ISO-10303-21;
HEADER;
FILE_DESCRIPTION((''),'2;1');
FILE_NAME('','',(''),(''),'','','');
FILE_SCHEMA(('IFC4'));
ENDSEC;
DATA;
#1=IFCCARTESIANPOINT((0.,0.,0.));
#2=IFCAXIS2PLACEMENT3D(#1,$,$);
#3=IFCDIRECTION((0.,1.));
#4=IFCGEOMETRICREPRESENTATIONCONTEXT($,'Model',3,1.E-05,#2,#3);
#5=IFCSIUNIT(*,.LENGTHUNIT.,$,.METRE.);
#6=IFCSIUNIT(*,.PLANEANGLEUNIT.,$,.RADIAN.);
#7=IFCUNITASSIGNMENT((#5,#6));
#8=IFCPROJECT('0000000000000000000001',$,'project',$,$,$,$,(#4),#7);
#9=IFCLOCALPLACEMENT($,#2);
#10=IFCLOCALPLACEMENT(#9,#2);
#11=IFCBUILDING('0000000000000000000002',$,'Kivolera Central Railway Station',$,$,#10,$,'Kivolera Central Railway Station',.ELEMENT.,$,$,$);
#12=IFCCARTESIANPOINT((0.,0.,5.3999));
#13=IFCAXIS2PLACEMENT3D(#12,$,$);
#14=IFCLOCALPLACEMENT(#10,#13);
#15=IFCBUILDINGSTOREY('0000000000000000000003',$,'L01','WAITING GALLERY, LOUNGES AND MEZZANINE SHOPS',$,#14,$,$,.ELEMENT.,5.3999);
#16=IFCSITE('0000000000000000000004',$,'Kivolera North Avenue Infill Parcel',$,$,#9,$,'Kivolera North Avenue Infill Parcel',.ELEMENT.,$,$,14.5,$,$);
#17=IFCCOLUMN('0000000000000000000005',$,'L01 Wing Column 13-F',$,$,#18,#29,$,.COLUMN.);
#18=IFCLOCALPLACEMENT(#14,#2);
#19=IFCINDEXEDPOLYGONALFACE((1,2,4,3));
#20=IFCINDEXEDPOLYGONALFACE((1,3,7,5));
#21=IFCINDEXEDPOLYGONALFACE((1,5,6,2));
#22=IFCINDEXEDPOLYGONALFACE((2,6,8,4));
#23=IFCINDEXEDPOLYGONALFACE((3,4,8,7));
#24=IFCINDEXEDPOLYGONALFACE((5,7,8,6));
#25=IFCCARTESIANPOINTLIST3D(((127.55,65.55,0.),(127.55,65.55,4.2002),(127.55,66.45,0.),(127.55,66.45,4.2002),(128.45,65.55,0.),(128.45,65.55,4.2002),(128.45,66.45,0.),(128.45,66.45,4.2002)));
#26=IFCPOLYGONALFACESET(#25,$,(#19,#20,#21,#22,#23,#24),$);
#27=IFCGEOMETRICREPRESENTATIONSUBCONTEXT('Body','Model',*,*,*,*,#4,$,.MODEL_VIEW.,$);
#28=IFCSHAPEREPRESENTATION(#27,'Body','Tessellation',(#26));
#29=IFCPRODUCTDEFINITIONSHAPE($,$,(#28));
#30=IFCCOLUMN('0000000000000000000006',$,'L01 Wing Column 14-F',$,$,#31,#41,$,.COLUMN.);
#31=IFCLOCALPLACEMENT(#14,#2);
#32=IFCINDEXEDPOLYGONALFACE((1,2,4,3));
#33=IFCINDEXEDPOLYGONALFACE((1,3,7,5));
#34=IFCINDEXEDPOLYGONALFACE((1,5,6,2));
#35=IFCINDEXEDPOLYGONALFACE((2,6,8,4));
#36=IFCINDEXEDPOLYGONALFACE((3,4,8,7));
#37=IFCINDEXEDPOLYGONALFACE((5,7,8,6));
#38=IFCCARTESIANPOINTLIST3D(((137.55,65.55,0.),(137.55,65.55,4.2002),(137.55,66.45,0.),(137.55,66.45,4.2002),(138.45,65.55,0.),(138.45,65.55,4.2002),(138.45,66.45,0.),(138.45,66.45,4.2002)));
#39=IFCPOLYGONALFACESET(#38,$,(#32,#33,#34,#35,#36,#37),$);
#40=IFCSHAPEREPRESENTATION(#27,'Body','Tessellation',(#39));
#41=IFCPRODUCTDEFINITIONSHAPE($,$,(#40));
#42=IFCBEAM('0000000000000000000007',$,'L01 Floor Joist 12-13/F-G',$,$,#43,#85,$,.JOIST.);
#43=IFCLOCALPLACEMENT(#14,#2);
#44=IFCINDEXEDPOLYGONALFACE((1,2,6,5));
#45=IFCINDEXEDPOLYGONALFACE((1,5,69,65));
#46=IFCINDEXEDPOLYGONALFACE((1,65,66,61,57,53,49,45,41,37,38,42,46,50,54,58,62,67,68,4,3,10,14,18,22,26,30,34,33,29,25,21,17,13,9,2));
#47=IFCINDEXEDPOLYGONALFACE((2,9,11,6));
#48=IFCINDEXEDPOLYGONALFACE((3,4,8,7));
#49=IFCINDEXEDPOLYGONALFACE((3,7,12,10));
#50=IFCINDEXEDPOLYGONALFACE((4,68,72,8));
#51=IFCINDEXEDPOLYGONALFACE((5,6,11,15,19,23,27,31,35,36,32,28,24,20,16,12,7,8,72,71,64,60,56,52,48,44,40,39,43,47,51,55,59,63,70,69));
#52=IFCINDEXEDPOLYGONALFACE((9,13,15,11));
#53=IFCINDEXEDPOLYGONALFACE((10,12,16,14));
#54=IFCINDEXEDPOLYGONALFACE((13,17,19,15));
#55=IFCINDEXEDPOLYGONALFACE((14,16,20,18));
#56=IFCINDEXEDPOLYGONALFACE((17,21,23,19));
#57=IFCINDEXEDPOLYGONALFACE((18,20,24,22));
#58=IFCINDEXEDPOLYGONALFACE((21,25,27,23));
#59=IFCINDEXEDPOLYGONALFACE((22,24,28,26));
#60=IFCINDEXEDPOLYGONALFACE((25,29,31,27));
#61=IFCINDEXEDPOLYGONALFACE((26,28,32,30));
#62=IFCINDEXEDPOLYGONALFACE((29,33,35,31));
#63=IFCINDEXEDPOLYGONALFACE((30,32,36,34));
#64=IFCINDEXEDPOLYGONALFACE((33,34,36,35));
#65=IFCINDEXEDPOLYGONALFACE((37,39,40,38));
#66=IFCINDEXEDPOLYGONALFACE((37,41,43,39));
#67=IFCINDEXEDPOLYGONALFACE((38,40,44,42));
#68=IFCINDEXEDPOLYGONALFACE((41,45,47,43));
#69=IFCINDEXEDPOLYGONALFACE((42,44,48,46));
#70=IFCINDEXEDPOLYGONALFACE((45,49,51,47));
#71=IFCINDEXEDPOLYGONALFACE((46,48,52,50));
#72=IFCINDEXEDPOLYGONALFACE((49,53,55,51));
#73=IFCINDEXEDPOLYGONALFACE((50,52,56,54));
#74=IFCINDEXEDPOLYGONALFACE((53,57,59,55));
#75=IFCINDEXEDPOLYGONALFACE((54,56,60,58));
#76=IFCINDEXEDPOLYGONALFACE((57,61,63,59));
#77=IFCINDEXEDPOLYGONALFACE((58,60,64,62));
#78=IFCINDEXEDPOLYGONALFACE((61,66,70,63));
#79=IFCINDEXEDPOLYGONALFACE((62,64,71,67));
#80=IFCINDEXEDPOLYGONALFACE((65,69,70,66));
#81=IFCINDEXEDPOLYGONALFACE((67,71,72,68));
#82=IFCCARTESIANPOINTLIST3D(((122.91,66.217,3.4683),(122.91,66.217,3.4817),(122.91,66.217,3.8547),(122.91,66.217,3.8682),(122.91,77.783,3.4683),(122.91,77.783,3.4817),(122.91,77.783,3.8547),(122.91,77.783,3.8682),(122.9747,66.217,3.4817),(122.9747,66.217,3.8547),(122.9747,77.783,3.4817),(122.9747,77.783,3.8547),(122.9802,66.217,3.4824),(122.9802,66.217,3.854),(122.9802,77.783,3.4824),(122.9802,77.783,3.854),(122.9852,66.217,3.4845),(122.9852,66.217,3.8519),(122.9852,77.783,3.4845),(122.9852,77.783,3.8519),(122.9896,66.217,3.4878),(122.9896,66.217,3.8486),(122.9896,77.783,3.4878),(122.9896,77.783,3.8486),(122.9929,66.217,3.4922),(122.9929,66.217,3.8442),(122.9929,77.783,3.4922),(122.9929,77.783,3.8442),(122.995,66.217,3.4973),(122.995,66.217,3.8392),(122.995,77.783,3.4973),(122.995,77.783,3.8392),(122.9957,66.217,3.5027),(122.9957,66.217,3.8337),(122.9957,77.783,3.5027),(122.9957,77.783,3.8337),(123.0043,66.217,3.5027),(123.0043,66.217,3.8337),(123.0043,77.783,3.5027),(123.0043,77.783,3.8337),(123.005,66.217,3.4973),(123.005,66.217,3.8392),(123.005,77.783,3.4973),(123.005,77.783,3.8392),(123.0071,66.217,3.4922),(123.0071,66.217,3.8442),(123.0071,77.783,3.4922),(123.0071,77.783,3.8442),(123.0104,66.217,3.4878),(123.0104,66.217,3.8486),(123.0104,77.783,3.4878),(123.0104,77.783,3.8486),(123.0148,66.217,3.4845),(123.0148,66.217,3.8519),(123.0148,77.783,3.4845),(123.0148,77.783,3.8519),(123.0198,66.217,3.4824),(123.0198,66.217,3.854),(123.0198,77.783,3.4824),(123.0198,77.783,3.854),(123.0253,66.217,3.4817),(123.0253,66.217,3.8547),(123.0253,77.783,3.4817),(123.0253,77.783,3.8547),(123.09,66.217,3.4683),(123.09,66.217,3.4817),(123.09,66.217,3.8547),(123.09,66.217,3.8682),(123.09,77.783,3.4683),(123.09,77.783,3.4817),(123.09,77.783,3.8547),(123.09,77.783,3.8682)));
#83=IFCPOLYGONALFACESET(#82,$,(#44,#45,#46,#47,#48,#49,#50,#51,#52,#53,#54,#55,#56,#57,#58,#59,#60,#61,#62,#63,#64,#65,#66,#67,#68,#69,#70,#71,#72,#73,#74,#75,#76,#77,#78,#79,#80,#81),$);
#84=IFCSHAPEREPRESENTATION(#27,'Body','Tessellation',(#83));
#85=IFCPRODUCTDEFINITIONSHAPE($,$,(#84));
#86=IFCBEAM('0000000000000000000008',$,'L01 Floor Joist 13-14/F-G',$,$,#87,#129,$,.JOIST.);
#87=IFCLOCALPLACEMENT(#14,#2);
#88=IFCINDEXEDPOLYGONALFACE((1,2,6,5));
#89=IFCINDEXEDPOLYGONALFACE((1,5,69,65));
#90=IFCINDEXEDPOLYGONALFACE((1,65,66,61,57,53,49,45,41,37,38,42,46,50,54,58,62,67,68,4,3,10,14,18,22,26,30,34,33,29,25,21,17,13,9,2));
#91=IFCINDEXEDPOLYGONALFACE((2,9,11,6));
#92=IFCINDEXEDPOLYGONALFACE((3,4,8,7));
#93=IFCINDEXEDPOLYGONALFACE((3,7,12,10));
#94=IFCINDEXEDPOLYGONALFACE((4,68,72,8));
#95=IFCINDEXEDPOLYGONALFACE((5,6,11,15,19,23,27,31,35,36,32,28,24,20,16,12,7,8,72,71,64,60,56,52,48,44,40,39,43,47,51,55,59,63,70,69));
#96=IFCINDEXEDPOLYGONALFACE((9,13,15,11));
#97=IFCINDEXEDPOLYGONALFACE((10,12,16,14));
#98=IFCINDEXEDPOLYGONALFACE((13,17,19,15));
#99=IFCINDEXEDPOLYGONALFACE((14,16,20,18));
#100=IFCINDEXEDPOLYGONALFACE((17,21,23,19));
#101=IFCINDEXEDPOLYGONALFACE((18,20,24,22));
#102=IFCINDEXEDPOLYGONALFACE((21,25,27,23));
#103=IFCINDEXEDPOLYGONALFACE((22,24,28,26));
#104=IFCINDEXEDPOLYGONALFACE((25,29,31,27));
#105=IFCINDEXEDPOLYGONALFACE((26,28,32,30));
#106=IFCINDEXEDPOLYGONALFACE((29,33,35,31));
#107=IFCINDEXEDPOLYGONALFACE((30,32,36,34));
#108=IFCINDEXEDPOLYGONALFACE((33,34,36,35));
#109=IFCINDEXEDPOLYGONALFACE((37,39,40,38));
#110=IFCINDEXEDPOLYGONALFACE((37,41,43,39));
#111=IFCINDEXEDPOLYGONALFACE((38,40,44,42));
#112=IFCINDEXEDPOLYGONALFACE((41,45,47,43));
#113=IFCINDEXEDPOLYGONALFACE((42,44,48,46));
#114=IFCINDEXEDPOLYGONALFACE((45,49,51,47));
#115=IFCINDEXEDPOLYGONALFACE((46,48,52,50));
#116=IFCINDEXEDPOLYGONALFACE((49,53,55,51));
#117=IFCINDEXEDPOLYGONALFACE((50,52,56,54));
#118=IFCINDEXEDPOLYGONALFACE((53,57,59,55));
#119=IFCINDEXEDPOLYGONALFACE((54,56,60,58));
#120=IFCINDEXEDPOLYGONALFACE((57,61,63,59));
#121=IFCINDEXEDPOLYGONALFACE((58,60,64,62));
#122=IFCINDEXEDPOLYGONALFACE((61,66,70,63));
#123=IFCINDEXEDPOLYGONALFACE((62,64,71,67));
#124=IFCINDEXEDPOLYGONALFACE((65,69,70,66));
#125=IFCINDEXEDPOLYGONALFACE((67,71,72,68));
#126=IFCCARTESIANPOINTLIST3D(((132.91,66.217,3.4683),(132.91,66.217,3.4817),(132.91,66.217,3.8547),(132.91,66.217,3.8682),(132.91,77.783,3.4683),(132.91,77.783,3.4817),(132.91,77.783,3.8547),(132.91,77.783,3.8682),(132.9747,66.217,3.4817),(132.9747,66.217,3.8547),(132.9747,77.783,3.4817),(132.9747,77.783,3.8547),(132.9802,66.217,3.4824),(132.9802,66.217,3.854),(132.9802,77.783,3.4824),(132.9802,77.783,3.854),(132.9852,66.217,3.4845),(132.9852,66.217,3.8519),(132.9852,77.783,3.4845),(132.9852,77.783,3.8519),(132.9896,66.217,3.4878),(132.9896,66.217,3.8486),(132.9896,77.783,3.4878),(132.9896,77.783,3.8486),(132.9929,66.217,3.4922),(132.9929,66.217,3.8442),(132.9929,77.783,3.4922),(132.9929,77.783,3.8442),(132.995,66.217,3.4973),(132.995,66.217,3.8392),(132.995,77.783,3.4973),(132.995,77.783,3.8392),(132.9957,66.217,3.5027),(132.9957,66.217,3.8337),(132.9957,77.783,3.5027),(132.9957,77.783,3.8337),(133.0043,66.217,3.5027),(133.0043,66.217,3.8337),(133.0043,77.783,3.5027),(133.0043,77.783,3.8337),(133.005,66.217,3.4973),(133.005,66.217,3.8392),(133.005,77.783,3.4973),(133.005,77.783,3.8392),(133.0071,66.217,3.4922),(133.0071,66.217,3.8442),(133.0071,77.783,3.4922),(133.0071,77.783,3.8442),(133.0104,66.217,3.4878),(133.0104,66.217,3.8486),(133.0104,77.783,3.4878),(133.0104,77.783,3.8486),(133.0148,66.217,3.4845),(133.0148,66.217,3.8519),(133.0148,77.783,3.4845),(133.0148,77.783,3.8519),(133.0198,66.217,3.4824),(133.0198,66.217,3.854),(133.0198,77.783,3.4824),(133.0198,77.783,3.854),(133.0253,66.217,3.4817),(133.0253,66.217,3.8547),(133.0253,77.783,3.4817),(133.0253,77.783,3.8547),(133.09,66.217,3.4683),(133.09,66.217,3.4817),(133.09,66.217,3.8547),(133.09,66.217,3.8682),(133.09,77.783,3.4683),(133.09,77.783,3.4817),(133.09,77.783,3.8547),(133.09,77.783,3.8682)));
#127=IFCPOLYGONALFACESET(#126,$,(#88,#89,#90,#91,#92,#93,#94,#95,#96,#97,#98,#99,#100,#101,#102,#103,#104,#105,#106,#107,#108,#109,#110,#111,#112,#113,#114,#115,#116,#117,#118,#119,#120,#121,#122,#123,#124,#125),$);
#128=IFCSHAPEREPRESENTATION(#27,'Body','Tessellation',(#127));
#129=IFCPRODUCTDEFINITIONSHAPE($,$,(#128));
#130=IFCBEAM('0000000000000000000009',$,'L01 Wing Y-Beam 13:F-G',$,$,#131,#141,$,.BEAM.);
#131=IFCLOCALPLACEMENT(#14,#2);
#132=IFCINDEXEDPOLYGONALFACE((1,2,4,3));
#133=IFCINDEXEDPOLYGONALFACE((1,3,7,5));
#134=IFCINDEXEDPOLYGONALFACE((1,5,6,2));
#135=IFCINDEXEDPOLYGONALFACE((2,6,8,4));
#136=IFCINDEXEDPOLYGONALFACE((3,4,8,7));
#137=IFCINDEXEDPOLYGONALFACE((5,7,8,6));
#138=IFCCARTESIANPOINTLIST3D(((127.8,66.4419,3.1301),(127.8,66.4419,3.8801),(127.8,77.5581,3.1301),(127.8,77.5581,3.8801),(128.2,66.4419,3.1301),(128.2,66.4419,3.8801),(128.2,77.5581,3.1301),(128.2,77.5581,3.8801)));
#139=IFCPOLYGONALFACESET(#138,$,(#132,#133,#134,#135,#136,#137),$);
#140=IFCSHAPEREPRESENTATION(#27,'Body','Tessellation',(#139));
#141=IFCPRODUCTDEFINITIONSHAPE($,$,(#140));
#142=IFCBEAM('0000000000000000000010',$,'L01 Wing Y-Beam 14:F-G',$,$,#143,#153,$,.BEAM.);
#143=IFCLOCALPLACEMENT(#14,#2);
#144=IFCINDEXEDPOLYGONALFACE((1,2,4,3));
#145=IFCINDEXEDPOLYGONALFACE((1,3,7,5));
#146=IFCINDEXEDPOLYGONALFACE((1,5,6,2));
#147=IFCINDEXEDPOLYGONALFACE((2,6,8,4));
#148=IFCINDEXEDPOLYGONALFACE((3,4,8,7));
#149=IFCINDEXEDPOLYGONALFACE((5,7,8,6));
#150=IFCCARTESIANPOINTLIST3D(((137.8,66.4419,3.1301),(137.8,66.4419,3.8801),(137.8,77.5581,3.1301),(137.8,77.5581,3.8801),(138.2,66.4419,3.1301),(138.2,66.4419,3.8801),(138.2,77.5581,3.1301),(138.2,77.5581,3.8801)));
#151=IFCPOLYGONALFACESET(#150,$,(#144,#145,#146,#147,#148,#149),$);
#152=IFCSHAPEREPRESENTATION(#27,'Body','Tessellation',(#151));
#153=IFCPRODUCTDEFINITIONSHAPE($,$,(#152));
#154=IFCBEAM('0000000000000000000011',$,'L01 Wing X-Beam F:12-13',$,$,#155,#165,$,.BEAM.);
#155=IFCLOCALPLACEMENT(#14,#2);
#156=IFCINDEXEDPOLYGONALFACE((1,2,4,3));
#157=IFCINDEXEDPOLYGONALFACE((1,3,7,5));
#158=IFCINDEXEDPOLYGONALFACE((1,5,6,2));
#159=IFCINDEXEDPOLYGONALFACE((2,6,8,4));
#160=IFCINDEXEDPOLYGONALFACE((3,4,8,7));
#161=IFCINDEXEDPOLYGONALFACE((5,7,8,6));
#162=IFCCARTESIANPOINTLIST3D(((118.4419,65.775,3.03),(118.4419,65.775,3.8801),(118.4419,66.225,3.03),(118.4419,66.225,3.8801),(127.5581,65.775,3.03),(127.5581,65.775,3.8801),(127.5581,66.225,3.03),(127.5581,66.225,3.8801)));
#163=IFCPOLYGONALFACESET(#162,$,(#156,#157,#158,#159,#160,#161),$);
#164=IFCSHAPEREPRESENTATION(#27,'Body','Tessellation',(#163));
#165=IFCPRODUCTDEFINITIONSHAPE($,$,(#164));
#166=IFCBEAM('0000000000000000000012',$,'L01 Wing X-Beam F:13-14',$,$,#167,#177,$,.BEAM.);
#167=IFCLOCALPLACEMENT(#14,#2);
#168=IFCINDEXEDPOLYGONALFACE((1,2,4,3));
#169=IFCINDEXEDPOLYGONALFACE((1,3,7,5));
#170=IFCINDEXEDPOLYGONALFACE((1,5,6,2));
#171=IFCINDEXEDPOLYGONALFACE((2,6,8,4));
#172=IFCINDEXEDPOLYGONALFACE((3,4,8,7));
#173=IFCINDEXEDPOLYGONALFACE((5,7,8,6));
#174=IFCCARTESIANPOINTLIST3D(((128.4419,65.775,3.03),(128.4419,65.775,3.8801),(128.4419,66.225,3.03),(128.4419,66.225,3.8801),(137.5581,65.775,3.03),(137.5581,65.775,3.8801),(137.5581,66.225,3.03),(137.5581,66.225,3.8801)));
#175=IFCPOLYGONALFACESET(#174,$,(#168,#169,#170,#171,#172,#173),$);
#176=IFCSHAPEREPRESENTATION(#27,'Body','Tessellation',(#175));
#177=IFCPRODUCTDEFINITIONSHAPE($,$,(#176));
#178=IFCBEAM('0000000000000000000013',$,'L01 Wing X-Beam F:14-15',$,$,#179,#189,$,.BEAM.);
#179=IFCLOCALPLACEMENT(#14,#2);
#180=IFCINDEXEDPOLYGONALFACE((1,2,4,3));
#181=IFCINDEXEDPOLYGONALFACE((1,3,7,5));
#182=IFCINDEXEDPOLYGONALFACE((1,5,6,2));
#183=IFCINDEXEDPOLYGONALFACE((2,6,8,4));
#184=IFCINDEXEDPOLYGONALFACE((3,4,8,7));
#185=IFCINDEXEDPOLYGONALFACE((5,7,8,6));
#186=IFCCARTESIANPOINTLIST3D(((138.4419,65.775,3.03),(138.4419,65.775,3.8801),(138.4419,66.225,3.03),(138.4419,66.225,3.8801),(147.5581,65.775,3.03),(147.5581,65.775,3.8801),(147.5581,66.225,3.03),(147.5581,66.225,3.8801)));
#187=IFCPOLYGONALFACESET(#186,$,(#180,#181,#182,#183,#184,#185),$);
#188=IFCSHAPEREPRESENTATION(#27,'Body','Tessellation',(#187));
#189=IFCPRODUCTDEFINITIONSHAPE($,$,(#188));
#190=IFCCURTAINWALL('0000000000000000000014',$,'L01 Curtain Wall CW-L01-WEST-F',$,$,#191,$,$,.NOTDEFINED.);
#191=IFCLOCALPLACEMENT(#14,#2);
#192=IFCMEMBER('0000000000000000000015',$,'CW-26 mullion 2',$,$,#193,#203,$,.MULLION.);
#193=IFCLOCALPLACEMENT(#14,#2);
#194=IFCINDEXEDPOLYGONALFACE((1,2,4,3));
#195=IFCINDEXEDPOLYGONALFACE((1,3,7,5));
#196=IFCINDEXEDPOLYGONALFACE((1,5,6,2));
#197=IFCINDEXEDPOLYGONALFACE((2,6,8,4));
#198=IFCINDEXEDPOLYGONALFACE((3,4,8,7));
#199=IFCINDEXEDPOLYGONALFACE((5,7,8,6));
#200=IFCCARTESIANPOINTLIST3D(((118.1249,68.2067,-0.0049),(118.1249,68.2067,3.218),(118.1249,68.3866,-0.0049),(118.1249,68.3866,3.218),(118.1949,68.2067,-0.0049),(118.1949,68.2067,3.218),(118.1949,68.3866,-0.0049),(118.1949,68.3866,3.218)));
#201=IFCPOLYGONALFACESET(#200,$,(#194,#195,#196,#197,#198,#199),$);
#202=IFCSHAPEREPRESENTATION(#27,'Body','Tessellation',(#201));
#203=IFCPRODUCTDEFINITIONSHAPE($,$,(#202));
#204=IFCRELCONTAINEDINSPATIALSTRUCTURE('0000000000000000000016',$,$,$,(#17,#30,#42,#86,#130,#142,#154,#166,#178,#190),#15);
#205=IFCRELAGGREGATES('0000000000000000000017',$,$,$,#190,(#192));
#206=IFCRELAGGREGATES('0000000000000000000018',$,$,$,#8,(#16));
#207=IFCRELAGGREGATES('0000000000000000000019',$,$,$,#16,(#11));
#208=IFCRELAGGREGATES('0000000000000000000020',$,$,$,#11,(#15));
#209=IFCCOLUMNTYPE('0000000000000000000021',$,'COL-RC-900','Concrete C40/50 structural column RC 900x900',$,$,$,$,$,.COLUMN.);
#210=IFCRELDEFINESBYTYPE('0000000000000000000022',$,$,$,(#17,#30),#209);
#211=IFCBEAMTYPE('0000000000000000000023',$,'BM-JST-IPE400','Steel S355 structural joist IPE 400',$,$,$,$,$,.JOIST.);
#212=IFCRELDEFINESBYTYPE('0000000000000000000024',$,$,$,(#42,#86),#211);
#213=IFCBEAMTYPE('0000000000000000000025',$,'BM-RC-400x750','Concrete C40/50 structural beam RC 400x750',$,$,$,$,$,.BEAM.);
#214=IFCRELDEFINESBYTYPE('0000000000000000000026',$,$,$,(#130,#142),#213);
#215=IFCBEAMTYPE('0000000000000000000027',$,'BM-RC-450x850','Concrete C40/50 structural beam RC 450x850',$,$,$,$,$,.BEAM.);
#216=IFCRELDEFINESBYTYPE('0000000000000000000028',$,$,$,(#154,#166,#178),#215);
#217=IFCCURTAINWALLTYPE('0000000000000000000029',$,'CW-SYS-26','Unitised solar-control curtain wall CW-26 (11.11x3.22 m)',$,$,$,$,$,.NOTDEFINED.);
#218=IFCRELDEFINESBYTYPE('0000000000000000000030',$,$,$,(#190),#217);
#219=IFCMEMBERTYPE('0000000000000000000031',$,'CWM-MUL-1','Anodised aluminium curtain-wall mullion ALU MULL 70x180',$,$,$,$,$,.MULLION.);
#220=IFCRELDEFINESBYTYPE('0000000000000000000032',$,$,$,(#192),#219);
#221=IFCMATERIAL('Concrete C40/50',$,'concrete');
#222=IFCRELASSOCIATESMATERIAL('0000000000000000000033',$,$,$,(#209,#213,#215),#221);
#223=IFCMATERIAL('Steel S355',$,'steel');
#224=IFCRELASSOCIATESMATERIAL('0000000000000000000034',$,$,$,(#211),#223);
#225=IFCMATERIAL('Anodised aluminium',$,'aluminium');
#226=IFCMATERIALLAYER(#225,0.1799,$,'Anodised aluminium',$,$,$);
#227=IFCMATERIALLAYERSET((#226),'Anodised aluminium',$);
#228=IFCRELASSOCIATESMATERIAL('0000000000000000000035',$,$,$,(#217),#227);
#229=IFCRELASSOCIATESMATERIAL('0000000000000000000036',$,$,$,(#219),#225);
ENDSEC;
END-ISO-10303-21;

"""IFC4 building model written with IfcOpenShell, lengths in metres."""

from ifc_helpers import new_model, si_unit, direction, frame, origin, origin_2d, place, context, subcontext, project, spatial, rectangle, i_section, extrude, material, layer, layer_set, material_profile, profile_set, type_object, element, aggregate, save


model = new_model("IFC4")

# Units and contexts
model_context = context("Model", 3, precision=1e-05, world=origin(), true_north=direction((0.0, 1.0)))
body_context = subcontext(model_context, "Body", "Model", "MODEL_VIEW")
ifc_project = project(units=[si_unit("LENGTHUNIT", "METRE"), si_unit("PLANEANGLEUNIT", "RADIAN")], contexts=[model_context])

# Site, building, storey
site_placement = place(None, origin())
site = spatial("IfcSite", under=ifc_project, at=site_placement, Name="Kivolera North Avenue Infill Parcel", LongName="Kivolera North Avenue Infill Parcel", CompositionType="ELEMENT", RefElevation=14.5)
building_placement = place(site_placement, origin())
building = spatial("IfcBuilding", under=site, at=building_placement, Name="Kivolera Central Railway Station", LongName="Kivolera Central Railway Station", CompositionType="ELEMENT")
storey_placement = place(building_placement, frame((0.0, 0.0, 5.3999)))
storey = spatial("IfcBuildingStorey", under=building, at=storey_placement, Name="L01", Description="WAITING GALLERY, LOUNGES AND MEZZANINE SHOPS", CompositionType="ELEMENT", Elevation=5.3999)

# Columns
ifc_material_1 = material(Name="Concrete C40/50", Category="concrete")
ifc_material_profile_1 = material_profile(ifc_material_1, rectangle(XDim=0.8999, YDim=0.8999, at=origin_2d()), Name="RC 900x900")
ifc_profile_set_1 = profile_set([ifc_material_profile_1], Name="Concrete C40/50")
column_type = type_object("IfcColumnType", Name="COL-RC-900", Description="Concrete C40/50 structural column RC 900x900", PredefinedType="COLUMN", material=ifc_profile_set_1)
for number, where, z_axis, x_axis, name in (
    (1, (128.0, 66.0, 0.0), (0.0, 0.0, 1.0), (1.0, 0.0, 0.0), "L01 Wing Column 13-F"),
    (2, (138.0, 66.0, 0.0), (0.0, 0.0, 1.0), (1.0, 0.0, 0.0), "L01 Wing Column 14-F"),
):
    element("IfcColumn", number, at=place(storey_placement, frame(where, z_axis=z_axis, x_axis=x_axis)), inside=storey, type_object=column_type, Name=name, PredefinedType="COLUMN", context=body_context, shape_type="SweptSolid", body=[
        extrude(rectangle(XDim=0.8999, YDim=0.8999, at=origin_2d()), origin(), (0.0, 0.0, 1.0), 4.2002),
    ])

# Beams
ifc_material_2 = material(Name="Steel S355", Category="steel")
ifc_material_profile_2 = material_profile(ifc_material_2, i_section(OverallWidth=0.1799, OverallDepth=0.3999, WebThickness=0.0085, FlangeThickness=0.0134, FilletRadius=0.021, at=origin_2d()), Name="IPE 400")
ifc_profile_set_2 = profile_set([ifc_material_profile_2], Name="Steel S355")
beam_type_1 = type_object("IfcBeamType", Name="BM-JST-IPE400", Description="Steel S355 structural joist IPE 400", PredefinedType="JOIST", material=ifc_profile_set_2)
for number, where, z_axis, x_axis, name in (
    (3, (123.0, 66.217, 3.6682), (0.0, 1.0, 0.0), (-1.0, 0.0, 0.0), "L01 Floor Joist 12-13/F-G"),
    (4, (133.0, 66.217, 3.6682), (0.0, 1.0, 0.0), (-1.0, 0.0, 0.0), "L01 Floor Joist 13-14/F-G"),
):
    element("IfcBeam", number, at=place(storey_placement, frame(where, z_axis=z_axis, x_axis=x_axis)), inside=storey, type_object=beam_type_1, Name=name, PredefinedType="JOIST", context=body_context, shape_type="SweptSolid", body=[
        extrude(i_section(OverallWidth=0.1799, OverallDepth=0.3999, WebThickness=0.0085, FlangeThickness=0.0134, FilletRadius=0.021, at=origin_2d()), origin(), (0.0, 0.0, 1.0), 11.5659),
    ])
ifc_material_profile_3 = material_profile(ifc_material_1, rectangle(XDim=0.3999, YDim=0.75, at=origin_2d()), Name="RC 400x750")
ifc_profile_set_3 = profile_set([ifc_material_profile_3], Name="Concrete C40/50")
beam_type_2 = type_object("IfcBeamType", Name="BM-RC-400x750", Description="Concrete C40/50 structural beam RC 400x750", PredefinedType="BEAM", material=ifc_profile_set_3)
for number, where, z_axis, x_axis, name in (
    (5, (128.0, 66.4419, 3.5051), (0.0, 1.0, 0.0), (-1.0, 0.0, 0.0), "L01 Wing Y-Beam 13:F-G"),
    (6, (138.0, 66.4419, 3.5051), (0.0, 1.0, 0.0), (-1.0, 0.0, 0.0), "L01 Wing Y-Beam 14:F-G"),
):
    element("IfcBeam", number, at=place(storey_placement, frame(where, z_axis=z_axis, x_axis=x_axis)), inside=storey, type_object=beam_type_2, Name=name, PredefinedType="BEAM", context=body_context, shape_type="SweptSolid", body=[
        extrude(rectangle(XDim=0.3999, YDim=0.75, at=origin_2d()), origin(), (0.0, 0.0, 1.0), 11.1162),
    ])
ifc_material_profile_4 = material_profile(ifc_material_1, rectangle(XDim=0.45, YDim=0.8501, at=origin_2d()), Name="RC 450x850")
ifc_profile_set_4 = profile_set([ifc_material_profile_4], Name="Concrete C40/50")
beam_type_3 = type_object("IfcBeamType", Name="BM-RC-450x850", Description="Concrete C40/50 structural beam RC 450x850", PredefinedType="BEAM", material=ifc_profile_set_4)
for number, where, z_axis, x_axis, name in (
    (7, (118.4419, 66.0, 3.4551), (1.0, 0.0, 0.0), (0.0, 1.0, 0.0), "L01 Wing X-Beam F:12-13"),
    (8, (128.4419, 66.0, 3.4551), (1.0, 0.0, 0.0), (0.0, 1.0, 0.0), "L01 Wing X-Beam F:13-14"),
    (9, (138.4419, 66.0, 3.4551), (1.0, 0.0, 0.0), (0.0, 1.0, 0.0), "L01 Wing X-Beam F:14-15"),
):
    element("IfcBeam", number, at=place(storey_placement, frame(where, z_axis=z_axis, x_axis=x_axis)), inside=storey, type_object=beam_type_3, Name=name, PredefinedType="BEAM", context=body_context, shape_type="SweptSolid", body=[
        extrude(rectangle(XDim=0.45, YDim=0.8501, at=origin_2d()), origin(), (0.0, 0.0, 1.0), 9.1162),
    ])

# Curtain wall, member
ifc_material_3 = material(Name="Anodised aluminium", Category="aluminium")
ifc_layer_1 = layer(ifc_material_3, 0.1799, Name="Anodised aluminium")
ifc_layer_set_1 = layer_set([ifc_layer_1], Name="Anodised aluminium")
curtain_wall_type = type_object("IfcCurtainWallType", Name="CW-SYS-26", Description="Unitised solar-control curtain wall CW-26 (11.11x3.22 m)", PredefinedType="NOTDEFINED", material=ifc_layer_set_1)
curtain_wall_placement = place(storey_placement, origin())
curtain_wall = element("IfcCurtainWall", 10, at=curtain_wall_placement, inside=storey, type_object=curtain_wall_type, Name="L01 Curtain Wall CW-L01-WEST-F", PredefinedType="NOTDEFINED")
ifc_material_profile_5 = material_profile(ifc_material_3, rectangle(XDim=0.0701, YDim=0.1799, at=origin_2d()), Name="ALU MULL 70x180")
ifc_profile_set_5 = profile_set([ifc_material_profile_5], Name="Anodised aluminium")
member_type_1 = type_object("IfcMemberType", Name="CWM-MUL-1", Description="Anodised aluminium curtain-wall mullion ALU MULL 70x180", PredefinedType="MULLION", material=ifc_profile_set_5)
member_1_placement = place(storey_placement, frame((118.1599, 68.2966, -0.0049), z_axis=(0.0, 0.0, 1.0), x_axis=(-1.0, 0.0, 0.0)))
member_1 = element("IfcMember", 11, at=member_1_placement, type_object=member_type_1, Name="CW-26 mullion 2", PredefinedType="MULLION", context=body_context, shape_type="SweptSolid", body=[
    extrude(rectangle(XDim=0.0701, YDim=0.1799, at=origin_2d()), origin(), (0.0, 0.0, 1.0), 3.2229),
])
aggregate(curtain_wall, [member_1])

save(model, "model.ifc")
